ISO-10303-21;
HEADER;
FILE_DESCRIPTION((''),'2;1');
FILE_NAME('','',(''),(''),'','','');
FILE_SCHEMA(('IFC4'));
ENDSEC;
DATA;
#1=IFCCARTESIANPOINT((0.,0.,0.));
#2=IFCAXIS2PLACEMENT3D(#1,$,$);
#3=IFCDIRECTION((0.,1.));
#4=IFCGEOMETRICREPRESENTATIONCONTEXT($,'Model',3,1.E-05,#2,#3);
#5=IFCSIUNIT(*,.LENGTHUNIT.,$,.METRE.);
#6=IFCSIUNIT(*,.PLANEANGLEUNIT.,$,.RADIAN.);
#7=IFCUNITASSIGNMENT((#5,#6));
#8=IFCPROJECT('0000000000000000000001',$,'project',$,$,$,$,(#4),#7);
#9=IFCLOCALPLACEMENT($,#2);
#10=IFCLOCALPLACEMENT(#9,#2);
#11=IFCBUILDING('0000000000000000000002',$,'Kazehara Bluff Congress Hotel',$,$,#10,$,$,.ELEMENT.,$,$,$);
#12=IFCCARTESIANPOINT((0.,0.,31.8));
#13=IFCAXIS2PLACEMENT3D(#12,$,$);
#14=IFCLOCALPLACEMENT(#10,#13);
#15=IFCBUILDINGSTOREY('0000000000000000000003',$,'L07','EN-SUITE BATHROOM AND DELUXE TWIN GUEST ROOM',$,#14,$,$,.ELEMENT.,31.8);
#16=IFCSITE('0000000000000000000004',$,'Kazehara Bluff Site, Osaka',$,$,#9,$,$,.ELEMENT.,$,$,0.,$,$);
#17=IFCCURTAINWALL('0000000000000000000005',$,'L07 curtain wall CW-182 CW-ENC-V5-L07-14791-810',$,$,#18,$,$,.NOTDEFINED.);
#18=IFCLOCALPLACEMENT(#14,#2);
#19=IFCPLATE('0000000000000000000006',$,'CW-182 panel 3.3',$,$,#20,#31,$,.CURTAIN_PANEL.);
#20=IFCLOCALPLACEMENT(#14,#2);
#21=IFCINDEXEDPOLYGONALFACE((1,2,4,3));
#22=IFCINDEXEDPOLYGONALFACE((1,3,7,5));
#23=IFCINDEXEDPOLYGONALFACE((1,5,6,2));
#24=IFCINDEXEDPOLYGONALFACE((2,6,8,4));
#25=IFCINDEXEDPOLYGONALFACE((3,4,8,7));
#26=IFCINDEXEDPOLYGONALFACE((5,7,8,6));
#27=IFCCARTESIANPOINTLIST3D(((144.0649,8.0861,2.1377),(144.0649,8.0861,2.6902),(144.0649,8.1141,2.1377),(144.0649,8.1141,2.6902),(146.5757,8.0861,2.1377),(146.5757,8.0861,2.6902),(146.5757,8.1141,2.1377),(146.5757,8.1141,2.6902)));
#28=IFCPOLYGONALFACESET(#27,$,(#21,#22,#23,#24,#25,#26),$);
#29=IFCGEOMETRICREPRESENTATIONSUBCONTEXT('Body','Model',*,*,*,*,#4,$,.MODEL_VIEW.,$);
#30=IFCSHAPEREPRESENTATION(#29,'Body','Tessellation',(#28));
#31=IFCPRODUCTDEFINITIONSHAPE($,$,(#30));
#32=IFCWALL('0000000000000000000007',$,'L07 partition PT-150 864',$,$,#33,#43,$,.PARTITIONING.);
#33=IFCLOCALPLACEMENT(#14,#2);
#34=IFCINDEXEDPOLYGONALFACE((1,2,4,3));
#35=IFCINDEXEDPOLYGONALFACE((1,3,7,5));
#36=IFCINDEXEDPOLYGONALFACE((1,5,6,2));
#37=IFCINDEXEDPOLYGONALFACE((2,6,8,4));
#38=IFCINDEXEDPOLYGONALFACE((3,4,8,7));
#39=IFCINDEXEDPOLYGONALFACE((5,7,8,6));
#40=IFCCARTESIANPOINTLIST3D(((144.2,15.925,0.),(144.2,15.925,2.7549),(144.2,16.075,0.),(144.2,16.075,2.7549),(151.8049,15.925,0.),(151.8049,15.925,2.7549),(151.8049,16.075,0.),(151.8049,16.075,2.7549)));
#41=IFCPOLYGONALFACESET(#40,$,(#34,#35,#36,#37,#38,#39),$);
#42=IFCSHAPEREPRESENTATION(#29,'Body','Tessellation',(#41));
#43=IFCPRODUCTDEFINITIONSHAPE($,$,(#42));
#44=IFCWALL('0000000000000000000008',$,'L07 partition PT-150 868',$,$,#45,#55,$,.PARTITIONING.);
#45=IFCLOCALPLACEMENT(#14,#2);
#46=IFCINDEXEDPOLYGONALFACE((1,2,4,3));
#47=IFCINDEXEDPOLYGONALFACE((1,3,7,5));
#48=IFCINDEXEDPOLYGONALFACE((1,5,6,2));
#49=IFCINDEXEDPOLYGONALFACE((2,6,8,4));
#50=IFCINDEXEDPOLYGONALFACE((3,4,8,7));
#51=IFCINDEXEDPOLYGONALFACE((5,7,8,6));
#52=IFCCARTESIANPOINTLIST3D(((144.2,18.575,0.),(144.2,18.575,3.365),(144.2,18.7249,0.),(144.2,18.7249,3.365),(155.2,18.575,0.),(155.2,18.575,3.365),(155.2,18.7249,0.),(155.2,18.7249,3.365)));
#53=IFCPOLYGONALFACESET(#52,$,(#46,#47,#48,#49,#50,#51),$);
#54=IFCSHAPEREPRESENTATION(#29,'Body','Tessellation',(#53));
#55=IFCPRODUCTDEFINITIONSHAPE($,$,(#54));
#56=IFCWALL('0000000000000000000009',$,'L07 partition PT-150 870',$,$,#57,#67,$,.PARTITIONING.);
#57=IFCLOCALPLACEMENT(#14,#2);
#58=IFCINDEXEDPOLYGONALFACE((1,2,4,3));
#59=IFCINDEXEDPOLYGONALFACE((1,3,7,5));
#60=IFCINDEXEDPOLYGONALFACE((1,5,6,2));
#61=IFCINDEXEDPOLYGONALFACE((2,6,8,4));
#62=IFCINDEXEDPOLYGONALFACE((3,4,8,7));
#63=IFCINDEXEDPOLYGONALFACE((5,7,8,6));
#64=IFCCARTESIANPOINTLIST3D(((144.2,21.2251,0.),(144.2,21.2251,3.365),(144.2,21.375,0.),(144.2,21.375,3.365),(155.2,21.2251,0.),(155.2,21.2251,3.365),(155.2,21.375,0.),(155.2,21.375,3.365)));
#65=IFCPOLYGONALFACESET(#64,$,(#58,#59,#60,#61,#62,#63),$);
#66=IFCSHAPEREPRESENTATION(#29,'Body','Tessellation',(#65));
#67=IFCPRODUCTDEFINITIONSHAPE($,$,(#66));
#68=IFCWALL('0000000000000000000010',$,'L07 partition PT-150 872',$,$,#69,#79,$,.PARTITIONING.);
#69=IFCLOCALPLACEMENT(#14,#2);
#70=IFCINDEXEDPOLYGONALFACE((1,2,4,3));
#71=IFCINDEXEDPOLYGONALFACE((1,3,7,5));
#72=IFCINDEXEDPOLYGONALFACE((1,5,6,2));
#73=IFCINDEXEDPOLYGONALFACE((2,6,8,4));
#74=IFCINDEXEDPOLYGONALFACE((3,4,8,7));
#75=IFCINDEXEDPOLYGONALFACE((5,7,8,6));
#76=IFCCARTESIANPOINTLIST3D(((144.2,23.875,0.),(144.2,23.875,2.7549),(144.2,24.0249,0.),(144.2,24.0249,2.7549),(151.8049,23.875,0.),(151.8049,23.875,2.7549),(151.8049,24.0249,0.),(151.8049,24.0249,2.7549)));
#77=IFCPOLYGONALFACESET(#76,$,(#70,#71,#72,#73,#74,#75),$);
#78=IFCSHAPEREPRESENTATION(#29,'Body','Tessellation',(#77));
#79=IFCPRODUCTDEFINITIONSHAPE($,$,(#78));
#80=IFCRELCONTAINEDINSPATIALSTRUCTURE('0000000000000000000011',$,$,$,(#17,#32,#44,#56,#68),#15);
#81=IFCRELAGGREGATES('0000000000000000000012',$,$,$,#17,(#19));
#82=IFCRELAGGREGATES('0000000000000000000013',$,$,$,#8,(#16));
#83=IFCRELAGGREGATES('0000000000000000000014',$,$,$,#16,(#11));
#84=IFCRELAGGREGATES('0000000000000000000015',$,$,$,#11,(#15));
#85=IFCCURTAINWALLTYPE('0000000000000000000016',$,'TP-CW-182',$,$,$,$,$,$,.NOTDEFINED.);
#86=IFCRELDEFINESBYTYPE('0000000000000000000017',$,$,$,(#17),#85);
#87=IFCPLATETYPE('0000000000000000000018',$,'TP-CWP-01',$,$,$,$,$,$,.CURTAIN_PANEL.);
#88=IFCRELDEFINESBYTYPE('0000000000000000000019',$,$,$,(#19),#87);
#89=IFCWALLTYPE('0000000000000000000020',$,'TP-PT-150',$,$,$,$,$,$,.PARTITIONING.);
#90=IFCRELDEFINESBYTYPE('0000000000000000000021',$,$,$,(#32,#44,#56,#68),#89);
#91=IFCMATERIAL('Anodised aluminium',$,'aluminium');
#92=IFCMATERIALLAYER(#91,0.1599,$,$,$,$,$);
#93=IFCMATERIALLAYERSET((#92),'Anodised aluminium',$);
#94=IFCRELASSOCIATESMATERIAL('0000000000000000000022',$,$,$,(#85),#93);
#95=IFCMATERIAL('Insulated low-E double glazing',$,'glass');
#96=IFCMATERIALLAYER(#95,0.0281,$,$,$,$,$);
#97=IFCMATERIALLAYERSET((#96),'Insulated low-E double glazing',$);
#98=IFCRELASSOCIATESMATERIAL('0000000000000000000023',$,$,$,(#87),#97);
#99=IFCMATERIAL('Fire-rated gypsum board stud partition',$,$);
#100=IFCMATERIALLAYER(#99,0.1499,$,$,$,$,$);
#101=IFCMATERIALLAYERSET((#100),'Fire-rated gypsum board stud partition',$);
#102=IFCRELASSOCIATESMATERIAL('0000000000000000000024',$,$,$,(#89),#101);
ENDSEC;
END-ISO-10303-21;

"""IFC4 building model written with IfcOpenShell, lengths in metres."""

from ifc_helpers import new_model, si_unit, direction, frame, frame_2d, origin, origin_2d, place, context, subcontext, project, spatial, rectangle, extrude, material, layer, layer_set, type_object, element, aggregate, save


model = new_model("IFC4")

# Units and contexts
model_context = context("Model", 3, precision=1e-05, world=origin(), true_north=direction((0.0, 1.0)))
body_context = subcontext(model_context, "Body", "Model", "MODEL_VIEW")
ifc_project = project(units=[si_unit("LENGTHUNIT", "METRE"), si_unit("PLANEANGLEUNIT", "RADIAN")], contexts=[model_context])

# Site, building, storey
site_placement = place(None, origin())
site = spatial("IfcSite", under=ifc_project, at=site_placement, Name="Kazehara Bluff Site, Osaka", CompositionType="ELEMENT", RefElevation=0.0)
building_placement = place(site_placement, origin())
building = spatial("IfcBuilding", under=site, at=building_placement, Name="Kazehara Bluff Congress Hotel", CompositionType="ELEMENT")
storey_placement = place(building_placement, frame((0.0, 0.0, 31.8)))
storey = spatial("IfcBuildingStorey", under=building, at=storey_placement, Name="L07", Description="EN-SUITE BATHROOM AND DELUXE TWIN GUEST ROOM", CompositionType="ELEMENT", Elevation=31.8)

# Curtain wall
ifc_material_1 = material(Name="Anodised aluminium", Category="aluminium")
ifc_layer_1 = layer(ifc_material_1, 0.1599)
ifc_layer_set_1 = layer_set([ifc_layer_1], Name="Anodised aluminium")
curtain_wall_type = type_object("IfcCurtainWallType", Name="TP-CW-182", PredefinedType="NOTDEFINED", material=ifc_layer_set_1)
curtain_wall_placement = place(storey_placement, origin())
curtain_wall = element("IfcCurtainWall", 1, at=curtain_wall_placement, inside=storey, type_object=curtain_wall_type, Name="L07 curtain wall CW-182 CW-ENC-V5-L07-14791-810", PredefinedType="NOTDEFINED")

# Plate
ifc_material_2 = material(Name="Insulated low-E double glazing", Category="glass")
ifc_layer_2 = layer(ifc_material_2, 0.0281)
ifc_layer_set_2 = layer_set([ifc_layer_2], Name="Insulated low-E double glazing")
plate_type = type_object("IfcPlateType", Name="TP-CWP-01", PredefinedType="CURTAIN_PANEL", material=ifc_layer_set_2)
plate_1_placement = place(storey_placement, frame((145.3203, 8.1001, 2.1377), z_axis=(0.0, 0.0, 1.0), x_axis=(-1.0, 0.0, 0.0)))
plate_1 = element("IfcPlate", 2, at=plate_1_placement, type_object=plate_type, Name="CW-182 panel 3.3", PredefinedType="CURTAIN_PANEL", context=body_context, shape_type="SweptSolid", body=[
    extrude(rectangle(XDim=2.5107, YDim=0.0281, at=origin_2d()), origin(), (0.0, 0.0, 1.0), 0.5525),
])
aggregate(curtain_wall, [plate_1])

# Walls
ifc_material_3 = material(Name="Fire-rated gypsum board stud partition")
ifc_layer_3 = layer(ifc_material_3, 0.1499)
ifc_layer_set_3 = layer_set([ifc_layer_3], Name="Fire-rated gypsum board stud partition")
wall_type = type_object("IfcWallType", Name="TP-PT-150", PredefinedType="PARTITIONING", material=ifc_layer_set_3)
wall_1_placement = place(storey_placement, frame((144.2, 16.0, 0.0), z_axis=(0.0, 0.0, 1.0), x_axis=(1.0, 0.0, 0.0)))
element("IfcWall", 3, at=wall_1_placement, inside=storey, type_object=wall_type, Name="L07 partition PT-150 864", PredefinedType="PARTITIONING", context=body_context, shape_type="SweptSolid", body=[
    extrude(rectangle(XDim=7.605, YDim=0.1499, at=frame_2d((3.8025, 0.0))), origin(), (0.0, 0.0, 1.0), 2.7549),
])
for number, where, z_axis, x_axis, name in (
    (4, (144.2, 18.6499, 0.0), (0.0, 0.0, 1.0), (1.0, 0.0, 0.0), "L07 partition PT-150 868"),
    (5, (144.2, 21.3, 0.0), (0.0, 0.0, 1.0), (1.0, 0.0, 0.0), "L07 partition PT-150 870"),
):
    element("IfcWall", number, at=place(storey_placement, frame(where, z_axis=z_axis, x_axis=x_axis)), inside=storey, type_object=wall_type, Name=name, PredefinedType="PARTITIONING", context=body_context, shape_type="SweptSolid", body=[
        extrude(rectangle(XDim=11.0, YDim=0.1499, at=frame_2d((5.5, 0.0))), origin(), (0.0, 0.0, 1.0), 3.365),
    ])
wall_2_placement = place(storey_placement, frame((144.2, 23.95, 0.0), z_axis=(0.0, 0.0, 1.0), x_axis=(1.0, 0.0, 0.0)))
element("IfcWall", 6, at=wall_2_placement, inside=storey, type_object=wall_type, Name="L07 partition PT-150 872", PredefinedType="PARTITIONING", context=body_context, shape_type="SweptSolid", body=[
    extrude(rectangle(XDim=7.605, YDim=0.1499, at=frame_2d((3.8025, 0.0))), origin(), (0.0, 0.0, 1.0), 2.7549),
])

save(model, "model.ifc")
